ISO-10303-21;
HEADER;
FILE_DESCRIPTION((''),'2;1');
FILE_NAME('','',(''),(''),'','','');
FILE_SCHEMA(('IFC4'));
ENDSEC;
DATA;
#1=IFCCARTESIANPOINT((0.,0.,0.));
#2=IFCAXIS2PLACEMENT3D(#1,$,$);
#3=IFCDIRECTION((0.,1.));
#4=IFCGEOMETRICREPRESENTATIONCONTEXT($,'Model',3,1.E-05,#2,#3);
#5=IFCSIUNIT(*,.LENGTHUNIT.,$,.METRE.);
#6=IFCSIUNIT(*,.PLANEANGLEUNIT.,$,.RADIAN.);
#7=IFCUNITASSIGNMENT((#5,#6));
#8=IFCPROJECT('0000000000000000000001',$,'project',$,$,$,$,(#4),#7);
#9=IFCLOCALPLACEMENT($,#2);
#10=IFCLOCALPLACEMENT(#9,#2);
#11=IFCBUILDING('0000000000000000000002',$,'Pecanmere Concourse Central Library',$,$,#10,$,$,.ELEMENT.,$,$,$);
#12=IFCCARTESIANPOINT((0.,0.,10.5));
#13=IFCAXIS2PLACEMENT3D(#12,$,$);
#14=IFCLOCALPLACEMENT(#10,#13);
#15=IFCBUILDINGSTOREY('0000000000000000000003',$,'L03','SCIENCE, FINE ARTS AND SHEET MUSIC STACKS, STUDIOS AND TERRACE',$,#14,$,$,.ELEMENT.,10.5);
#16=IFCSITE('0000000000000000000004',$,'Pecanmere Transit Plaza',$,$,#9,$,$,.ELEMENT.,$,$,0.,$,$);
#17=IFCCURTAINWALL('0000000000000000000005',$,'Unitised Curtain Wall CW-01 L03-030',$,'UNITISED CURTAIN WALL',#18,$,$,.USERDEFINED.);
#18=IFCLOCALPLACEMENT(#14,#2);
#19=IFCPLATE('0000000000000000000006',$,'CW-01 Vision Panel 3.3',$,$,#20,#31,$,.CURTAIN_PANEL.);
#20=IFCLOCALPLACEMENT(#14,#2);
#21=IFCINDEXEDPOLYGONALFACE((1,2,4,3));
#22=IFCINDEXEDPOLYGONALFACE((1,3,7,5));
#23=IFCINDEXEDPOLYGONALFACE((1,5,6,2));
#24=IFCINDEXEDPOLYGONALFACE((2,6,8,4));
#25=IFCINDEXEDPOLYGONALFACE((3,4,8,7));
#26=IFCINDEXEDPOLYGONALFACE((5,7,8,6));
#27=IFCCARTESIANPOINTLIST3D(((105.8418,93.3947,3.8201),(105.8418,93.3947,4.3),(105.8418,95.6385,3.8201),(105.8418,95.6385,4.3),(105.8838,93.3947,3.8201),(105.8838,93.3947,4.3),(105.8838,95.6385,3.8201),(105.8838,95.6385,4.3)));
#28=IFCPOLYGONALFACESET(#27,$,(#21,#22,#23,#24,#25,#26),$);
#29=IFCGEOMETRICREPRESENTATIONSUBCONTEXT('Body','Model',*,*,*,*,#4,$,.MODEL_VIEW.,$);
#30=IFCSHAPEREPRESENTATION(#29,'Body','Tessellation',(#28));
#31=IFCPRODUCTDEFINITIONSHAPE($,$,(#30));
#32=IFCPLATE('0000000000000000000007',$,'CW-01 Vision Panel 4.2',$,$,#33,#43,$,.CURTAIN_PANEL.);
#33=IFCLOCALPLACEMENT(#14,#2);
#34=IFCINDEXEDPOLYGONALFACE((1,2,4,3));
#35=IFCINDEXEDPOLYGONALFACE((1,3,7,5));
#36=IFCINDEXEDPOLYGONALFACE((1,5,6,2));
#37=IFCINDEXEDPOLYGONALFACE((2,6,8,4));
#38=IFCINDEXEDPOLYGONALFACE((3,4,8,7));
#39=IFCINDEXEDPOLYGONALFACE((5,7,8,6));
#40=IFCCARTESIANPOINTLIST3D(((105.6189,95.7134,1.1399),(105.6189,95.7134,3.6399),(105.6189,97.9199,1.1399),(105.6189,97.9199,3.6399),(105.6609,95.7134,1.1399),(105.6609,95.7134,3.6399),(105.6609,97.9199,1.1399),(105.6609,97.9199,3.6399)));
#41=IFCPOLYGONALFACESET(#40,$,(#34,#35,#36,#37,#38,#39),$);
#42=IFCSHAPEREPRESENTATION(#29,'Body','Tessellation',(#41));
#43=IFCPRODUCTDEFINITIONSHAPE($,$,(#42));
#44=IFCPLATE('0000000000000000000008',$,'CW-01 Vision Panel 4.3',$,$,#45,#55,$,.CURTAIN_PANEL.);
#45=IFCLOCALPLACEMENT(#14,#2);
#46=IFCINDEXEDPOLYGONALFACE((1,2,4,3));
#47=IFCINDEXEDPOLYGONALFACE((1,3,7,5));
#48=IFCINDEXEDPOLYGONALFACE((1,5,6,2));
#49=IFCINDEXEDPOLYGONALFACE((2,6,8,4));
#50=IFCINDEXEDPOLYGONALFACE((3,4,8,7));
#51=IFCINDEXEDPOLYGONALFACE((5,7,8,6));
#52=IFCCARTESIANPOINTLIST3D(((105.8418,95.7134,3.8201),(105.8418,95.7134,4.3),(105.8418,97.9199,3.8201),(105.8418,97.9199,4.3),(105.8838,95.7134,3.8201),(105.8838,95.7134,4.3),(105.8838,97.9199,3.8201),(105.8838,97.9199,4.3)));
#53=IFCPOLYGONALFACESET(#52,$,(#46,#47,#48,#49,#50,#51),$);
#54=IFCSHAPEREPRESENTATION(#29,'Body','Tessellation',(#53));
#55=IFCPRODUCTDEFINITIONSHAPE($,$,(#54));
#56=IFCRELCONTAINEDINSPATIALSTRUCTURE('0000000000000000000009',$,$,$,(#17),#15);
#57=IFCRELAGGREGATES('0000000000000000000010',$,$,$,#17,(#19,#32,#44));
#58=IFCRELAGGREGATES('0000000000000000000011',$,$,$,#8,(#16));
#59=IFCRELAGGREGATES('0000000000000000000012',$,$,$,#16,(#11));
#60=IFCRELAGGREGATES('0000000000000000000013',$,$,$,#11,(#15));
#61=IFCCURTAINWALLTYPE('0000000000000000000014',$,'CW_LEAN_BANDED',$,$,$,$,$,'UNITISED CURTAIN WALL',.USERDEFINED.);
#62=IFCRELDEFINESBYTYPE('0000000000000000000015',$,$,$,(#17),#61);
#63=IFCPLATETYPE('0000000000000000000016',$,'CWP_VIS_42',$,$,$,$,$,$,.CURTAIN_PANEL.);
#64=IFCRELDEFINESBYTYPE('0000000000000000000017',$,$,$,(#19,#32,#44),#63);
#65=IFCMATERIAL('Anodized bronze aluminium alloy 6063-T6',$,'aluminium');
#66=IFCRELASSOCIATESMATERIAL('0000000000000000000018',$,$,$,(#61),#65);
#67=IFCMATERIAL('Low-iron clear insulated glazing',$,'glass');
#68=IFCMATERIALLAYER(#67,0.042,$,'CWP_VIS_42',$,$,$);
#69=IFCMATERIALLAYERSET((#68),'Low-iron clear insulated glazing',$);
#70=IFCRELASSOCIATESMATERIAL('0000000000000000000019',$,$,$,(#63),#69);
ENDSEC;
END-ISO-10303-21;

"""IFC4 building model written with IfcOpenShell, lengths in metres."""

from ifc_helpers import new_model, si_unit, direction, frame, origin, origin_2d, place, context, subcontext, project, spatial, rectangle, extrude, material, layer, layer_set, type_object, element, aggregate, save


model = new_model("IFC4")

# Units and contexts
model_context = context("Model", 3, precision=1e-05, world=origin(), true_north=direction((0.0, 1.0)))
body_context = subcontext(model_context, "Body", "Model", "MODEL_VIEW")
ifc_project = project(units=[si_unit("LENGTHUNIT", "METRE"), si_unit("PLANEANGLEUNIT", "RADIAN")], contexts=[model_context])

# Site, building, storey
site_placement = place(None, origin())
site = spatial("IfcSite", under=ifc_project, at=site_placement, Name="Pecanmere Transit Plaza", CompositionType="ELEMENT", RefElevation=0.0)
building_placement = place(site_placement, origin())
building = spatial("IfcBuilding", under=site, at=building_placement, Name="Pecanmere Concourse Central Library", CompositionType="ELEMENT")
storey_placement = place(building_placement, frame((0.0, 0.0, 10.5)))
storey = spatial("IfcBuildingStorey", under=building, at=storey_placement, Name="L03", Description="SCIENCE, FINE ARTS AND SHEET MUSIC STACKS, STUDIOS AND TERRACE", CompositionType="ELEMENT", Elevation=10.5)

# Curtain wall
ifc_material_1 = material(Name="Anodized bronze aluminium alloy 6063-T6", Category="aluminium")
curtain_wall_type = type_object("IfcCurtainWallType", Name="CW_LEAN_BANDED", ElementType="UNITISED CURTAIN WALL", PredefinedType="USERDEFINED", material=ifc_material_1)
curtain_wall_placement = place(storey_placement, origin())
curtain_wall = element("IfcCurtainWall", 1, at=curtain_wall_placement, inside=storey, type_object=curtain_wall_type, Name="Unitised Curtain Wall CW-01 L03-030", ObjectType="UNITISED CURTAIN WALL", PredefinedType="USERDEFINED")

# Plates
ifc_material_2 = material(Name="Low-iron clear insulated glazing", Category="glass")
ifc_layer_1 = layer(ifc_material_2, 0.042, Name="CWP_VIS_42")
ifc_layer_set_1 = layer_set([ifc_layer_1], Name="Low-iron clear insulated glazing")
plate_type_1 = type_object("IfcPlateType", Name="CWP_VIS_42", PredefinedType="CURTAIN_PANEL", material=ifc_layer_set_1)
plate_1_placement = place(storey_placement, frame((105.8628, 94.5166, 3.8201), z_axis=(0.0, 0.0, 1.0), x_axis=(0.0, 1.0, 0.0)))
plate_1 = element("IfcPlate", 2, at=plate_1_placement, type_object=plate_type_1, Name="CW-01 Vision Panel 3.3", PredefinedType="CURTAIN_PANEL", context=body_context, shape_type="SweptSolid", body=[
    extrude(rectangle(XDim=2.2439, YDim=0.042, at=origin_2d()), origin(), (0.0, 0.0, 1.0), 0.48),
])
plate_2_placement = place(storey_placement, frame((105.6399, 96.8167, 1.1399), z_axis=(0.0, 0.0, 1.0), x_axis=(0.0, 1.0, 0.0)))
plate_2 = element("IfcPlate", 3, at=plate_2_placement, type_object=plate_type_1, Name="CW-01 Vision Panel 4.2", PredefinedType="CURTAIN_PANEL", context=body_context, shape_type="SweptSolid", body=[
    extrude(rectangle(XDim=2.2065, YDim=0.042, at=origin_2d()), origin(), (0.0, 0.0, 1.0), 2.5),
])
plate_3_placement = place(storey_placement, frame((105.8628, 96.8167, 3.8201), z_axis=(0.0, 0.0, 1.0), x_axis=(0.0, 1.0, 0.0)))
plate_3 = element("IfcPlate", 4, at=plate_3_placement, type_object=plate_type_1, Name="CW-01 Vision Panel 4.3", PredefinedType="CURTAIN_PANEL", context=body_context, shape_type="SweptSolid", body=[
    extrude(rectangle(XDim=2.2065, YDim=0.042, at=origin_2d()), origin(), (0.0, 0.0, 1.0), 0.48),
])
aggregate(curtain_wall, [plate_1, plate_2, plate_3])

save(model, "model.ifc")
